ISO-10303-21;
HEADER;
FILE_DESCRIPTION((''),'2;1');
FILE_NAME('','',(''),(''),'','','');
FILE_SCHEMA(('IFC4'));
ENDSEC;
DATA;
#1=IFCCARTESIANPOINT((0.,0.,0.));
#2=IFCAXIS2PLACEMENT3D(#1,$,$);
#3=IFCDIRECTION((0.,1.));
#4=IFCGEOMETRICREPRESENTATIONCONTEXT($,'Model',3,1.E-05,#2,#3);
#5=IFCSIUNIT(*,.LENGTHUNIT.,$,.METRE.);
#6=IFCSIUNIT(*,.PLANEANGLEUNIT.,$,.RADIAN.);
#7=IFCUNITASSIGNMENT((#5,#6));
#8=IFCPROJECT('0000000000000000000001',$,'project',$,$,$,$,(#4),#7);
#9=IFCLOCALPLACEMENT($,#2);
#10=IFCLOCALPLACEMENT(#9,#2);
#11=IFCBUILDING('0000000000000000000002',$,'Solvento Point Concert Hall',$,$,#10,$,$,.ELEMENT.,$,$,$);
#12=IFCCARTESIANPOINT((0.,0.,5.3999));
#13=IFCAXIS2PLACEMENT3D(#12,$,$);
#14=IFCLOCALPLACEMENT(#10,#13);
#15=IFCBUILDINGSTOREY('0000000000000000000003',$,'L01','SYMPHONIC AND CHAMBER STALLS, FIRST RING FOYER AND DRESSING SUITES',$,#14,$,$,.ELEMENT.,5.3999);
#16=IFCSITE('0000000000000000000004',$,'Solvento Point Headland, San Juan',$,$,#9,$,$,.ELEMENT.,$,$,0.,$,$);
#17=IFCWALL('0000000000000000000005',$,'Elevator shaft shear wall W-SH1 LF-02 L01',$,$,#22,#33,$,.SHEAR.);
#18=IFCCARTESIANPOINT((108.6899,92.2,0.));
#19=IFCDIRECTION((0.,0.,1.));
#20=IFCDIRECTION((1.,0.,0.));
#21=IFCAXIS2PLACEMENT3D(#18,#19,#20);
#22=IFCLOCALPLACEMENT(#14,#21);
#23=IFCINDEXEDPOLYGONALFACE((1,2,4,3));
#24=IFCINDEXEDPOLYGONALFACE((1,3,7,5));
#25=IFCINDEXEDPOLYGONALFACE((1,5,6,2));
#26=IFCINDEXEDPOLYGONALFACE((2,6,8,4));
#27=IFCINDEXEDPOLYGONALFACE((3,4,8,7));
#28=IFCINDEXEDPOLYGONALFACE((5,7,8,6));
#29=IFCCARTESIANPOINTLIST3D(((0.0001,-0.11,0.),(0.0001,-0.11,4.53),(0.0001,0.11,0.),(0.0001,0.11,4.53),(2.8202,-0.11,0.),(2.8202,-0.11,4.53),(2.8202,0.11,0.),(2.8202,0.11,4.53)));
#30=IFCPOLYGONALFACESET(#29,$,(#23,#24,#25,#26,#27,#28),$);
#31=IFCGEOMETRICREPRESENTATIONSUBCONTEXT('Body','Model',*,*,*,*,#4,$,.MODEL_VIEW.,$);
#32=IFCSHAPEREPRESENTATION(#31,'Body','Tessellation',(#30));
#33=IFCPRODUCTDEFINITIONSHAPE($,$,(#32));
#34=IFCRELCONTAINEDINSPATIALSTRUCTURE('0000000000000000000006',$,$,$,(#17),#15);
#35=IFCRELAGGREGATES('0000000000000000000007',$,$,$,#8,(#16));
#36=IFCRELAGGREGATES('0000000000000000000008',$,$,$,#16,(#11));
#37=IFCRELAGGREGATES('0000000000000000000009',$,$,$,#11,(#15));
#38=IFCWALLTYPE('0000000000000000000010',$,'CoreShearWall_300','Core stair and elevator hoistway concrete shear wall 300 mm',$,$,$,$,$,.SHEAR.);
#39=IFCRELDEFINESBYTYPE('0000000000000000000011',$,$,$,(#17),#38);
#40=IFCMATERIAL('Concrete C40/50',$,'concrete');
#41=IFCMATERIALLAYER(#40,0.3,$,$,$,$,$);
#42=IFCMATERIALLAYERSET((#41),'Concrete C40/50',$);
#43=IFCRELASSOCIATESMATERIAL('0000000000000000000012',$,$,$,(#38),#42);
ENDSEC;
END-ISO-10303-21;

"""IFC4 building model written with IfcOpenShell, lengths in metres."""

from ifc_helpers import new_model, si_unit, direction, frame, frame_2d, origin, place, context, subcontext, project, spatial, rectangle, extrude, material, layer, layer_set, type_object, element, save


model = new_model("IFC4")

# Units and contexts
model_context = context("Model", 3, precision=1e-05, world=origin(), true_north=direction((0.0, 1.0)))
body_context = subcontext(model_context, "Body", "Model", "MODEL_VIEW")
ifc_project = project(units=[si_unit("LENGTHUNIT", "METRE"), si_unit("PLANEANGLEUNIT", "RADIAN")], contexts=[model_context])

# Site, building, storey
site_placement = place(None, origin())
site = spatial("IfcSite", under=ifc_project, at=site_placement, Name="Solvento Point Headland, San Juan", CompositionType="ELEMENT", RefElevation=0.0)
building_placement = place(site_placement, origin())
building = spatial("IfcBuilding", under=site, at=building_placement, Name="Solvento Point Concert Hall", CompositionType="ELEMENT")
storey_placement = place(building_placement, frame((0.0, 0.0, 5.3999)))
storey = spatial("IfcBuildingStorey", under=building, at=storey_placement, Name="L01", Description="SYMPHONIC AND CHAMBER STALLS, FIRST RING FOYER AND DRESSING SUITES", CompositionType="ELEMENT", Elevation=5.3999)

# Shared definitions
ifc_material_1 = material(Name="Concrete C40/50", Category="concrete")
ifc_layer_1 = layer(ifc_material_1, 0.3)
ifc_layer_set_1 = layer_set([ifc_layer_1], Name="Concrete C40/50")
wall_type_1 = type_object("IfcWallType", Name="CoreShearWall_300", Description="Core stair and elevator hoistway concrete shear wall 300 mm", PredefinedType="SHEAR", material=ifc_layer_set_1)

# Wall
wall_1_placement = place(storey_placement, frame((108.6899, 92.2, 0.0), z_axis=(0.0, 0.0, 1.0), x_axis=(1.0, 0.0, 0.0)))
element("IfcWall", 1, at=wall_1_placement, inside=storey, type_object=wall_type_1, Name="Elevator shaft shear wall W-SH1 LF-02 L01", PredefinedType="SHEAR", context=body_context, shape_type="SweptSolid", body=[
    extrude(rectangle(XDim=2.8201, YDim=0.22, at=frame_2d((1.4102, 0.0))), origin(), (0.0, 0.0, 1.0), 4.53),
])

save(model, "model.ifc")
